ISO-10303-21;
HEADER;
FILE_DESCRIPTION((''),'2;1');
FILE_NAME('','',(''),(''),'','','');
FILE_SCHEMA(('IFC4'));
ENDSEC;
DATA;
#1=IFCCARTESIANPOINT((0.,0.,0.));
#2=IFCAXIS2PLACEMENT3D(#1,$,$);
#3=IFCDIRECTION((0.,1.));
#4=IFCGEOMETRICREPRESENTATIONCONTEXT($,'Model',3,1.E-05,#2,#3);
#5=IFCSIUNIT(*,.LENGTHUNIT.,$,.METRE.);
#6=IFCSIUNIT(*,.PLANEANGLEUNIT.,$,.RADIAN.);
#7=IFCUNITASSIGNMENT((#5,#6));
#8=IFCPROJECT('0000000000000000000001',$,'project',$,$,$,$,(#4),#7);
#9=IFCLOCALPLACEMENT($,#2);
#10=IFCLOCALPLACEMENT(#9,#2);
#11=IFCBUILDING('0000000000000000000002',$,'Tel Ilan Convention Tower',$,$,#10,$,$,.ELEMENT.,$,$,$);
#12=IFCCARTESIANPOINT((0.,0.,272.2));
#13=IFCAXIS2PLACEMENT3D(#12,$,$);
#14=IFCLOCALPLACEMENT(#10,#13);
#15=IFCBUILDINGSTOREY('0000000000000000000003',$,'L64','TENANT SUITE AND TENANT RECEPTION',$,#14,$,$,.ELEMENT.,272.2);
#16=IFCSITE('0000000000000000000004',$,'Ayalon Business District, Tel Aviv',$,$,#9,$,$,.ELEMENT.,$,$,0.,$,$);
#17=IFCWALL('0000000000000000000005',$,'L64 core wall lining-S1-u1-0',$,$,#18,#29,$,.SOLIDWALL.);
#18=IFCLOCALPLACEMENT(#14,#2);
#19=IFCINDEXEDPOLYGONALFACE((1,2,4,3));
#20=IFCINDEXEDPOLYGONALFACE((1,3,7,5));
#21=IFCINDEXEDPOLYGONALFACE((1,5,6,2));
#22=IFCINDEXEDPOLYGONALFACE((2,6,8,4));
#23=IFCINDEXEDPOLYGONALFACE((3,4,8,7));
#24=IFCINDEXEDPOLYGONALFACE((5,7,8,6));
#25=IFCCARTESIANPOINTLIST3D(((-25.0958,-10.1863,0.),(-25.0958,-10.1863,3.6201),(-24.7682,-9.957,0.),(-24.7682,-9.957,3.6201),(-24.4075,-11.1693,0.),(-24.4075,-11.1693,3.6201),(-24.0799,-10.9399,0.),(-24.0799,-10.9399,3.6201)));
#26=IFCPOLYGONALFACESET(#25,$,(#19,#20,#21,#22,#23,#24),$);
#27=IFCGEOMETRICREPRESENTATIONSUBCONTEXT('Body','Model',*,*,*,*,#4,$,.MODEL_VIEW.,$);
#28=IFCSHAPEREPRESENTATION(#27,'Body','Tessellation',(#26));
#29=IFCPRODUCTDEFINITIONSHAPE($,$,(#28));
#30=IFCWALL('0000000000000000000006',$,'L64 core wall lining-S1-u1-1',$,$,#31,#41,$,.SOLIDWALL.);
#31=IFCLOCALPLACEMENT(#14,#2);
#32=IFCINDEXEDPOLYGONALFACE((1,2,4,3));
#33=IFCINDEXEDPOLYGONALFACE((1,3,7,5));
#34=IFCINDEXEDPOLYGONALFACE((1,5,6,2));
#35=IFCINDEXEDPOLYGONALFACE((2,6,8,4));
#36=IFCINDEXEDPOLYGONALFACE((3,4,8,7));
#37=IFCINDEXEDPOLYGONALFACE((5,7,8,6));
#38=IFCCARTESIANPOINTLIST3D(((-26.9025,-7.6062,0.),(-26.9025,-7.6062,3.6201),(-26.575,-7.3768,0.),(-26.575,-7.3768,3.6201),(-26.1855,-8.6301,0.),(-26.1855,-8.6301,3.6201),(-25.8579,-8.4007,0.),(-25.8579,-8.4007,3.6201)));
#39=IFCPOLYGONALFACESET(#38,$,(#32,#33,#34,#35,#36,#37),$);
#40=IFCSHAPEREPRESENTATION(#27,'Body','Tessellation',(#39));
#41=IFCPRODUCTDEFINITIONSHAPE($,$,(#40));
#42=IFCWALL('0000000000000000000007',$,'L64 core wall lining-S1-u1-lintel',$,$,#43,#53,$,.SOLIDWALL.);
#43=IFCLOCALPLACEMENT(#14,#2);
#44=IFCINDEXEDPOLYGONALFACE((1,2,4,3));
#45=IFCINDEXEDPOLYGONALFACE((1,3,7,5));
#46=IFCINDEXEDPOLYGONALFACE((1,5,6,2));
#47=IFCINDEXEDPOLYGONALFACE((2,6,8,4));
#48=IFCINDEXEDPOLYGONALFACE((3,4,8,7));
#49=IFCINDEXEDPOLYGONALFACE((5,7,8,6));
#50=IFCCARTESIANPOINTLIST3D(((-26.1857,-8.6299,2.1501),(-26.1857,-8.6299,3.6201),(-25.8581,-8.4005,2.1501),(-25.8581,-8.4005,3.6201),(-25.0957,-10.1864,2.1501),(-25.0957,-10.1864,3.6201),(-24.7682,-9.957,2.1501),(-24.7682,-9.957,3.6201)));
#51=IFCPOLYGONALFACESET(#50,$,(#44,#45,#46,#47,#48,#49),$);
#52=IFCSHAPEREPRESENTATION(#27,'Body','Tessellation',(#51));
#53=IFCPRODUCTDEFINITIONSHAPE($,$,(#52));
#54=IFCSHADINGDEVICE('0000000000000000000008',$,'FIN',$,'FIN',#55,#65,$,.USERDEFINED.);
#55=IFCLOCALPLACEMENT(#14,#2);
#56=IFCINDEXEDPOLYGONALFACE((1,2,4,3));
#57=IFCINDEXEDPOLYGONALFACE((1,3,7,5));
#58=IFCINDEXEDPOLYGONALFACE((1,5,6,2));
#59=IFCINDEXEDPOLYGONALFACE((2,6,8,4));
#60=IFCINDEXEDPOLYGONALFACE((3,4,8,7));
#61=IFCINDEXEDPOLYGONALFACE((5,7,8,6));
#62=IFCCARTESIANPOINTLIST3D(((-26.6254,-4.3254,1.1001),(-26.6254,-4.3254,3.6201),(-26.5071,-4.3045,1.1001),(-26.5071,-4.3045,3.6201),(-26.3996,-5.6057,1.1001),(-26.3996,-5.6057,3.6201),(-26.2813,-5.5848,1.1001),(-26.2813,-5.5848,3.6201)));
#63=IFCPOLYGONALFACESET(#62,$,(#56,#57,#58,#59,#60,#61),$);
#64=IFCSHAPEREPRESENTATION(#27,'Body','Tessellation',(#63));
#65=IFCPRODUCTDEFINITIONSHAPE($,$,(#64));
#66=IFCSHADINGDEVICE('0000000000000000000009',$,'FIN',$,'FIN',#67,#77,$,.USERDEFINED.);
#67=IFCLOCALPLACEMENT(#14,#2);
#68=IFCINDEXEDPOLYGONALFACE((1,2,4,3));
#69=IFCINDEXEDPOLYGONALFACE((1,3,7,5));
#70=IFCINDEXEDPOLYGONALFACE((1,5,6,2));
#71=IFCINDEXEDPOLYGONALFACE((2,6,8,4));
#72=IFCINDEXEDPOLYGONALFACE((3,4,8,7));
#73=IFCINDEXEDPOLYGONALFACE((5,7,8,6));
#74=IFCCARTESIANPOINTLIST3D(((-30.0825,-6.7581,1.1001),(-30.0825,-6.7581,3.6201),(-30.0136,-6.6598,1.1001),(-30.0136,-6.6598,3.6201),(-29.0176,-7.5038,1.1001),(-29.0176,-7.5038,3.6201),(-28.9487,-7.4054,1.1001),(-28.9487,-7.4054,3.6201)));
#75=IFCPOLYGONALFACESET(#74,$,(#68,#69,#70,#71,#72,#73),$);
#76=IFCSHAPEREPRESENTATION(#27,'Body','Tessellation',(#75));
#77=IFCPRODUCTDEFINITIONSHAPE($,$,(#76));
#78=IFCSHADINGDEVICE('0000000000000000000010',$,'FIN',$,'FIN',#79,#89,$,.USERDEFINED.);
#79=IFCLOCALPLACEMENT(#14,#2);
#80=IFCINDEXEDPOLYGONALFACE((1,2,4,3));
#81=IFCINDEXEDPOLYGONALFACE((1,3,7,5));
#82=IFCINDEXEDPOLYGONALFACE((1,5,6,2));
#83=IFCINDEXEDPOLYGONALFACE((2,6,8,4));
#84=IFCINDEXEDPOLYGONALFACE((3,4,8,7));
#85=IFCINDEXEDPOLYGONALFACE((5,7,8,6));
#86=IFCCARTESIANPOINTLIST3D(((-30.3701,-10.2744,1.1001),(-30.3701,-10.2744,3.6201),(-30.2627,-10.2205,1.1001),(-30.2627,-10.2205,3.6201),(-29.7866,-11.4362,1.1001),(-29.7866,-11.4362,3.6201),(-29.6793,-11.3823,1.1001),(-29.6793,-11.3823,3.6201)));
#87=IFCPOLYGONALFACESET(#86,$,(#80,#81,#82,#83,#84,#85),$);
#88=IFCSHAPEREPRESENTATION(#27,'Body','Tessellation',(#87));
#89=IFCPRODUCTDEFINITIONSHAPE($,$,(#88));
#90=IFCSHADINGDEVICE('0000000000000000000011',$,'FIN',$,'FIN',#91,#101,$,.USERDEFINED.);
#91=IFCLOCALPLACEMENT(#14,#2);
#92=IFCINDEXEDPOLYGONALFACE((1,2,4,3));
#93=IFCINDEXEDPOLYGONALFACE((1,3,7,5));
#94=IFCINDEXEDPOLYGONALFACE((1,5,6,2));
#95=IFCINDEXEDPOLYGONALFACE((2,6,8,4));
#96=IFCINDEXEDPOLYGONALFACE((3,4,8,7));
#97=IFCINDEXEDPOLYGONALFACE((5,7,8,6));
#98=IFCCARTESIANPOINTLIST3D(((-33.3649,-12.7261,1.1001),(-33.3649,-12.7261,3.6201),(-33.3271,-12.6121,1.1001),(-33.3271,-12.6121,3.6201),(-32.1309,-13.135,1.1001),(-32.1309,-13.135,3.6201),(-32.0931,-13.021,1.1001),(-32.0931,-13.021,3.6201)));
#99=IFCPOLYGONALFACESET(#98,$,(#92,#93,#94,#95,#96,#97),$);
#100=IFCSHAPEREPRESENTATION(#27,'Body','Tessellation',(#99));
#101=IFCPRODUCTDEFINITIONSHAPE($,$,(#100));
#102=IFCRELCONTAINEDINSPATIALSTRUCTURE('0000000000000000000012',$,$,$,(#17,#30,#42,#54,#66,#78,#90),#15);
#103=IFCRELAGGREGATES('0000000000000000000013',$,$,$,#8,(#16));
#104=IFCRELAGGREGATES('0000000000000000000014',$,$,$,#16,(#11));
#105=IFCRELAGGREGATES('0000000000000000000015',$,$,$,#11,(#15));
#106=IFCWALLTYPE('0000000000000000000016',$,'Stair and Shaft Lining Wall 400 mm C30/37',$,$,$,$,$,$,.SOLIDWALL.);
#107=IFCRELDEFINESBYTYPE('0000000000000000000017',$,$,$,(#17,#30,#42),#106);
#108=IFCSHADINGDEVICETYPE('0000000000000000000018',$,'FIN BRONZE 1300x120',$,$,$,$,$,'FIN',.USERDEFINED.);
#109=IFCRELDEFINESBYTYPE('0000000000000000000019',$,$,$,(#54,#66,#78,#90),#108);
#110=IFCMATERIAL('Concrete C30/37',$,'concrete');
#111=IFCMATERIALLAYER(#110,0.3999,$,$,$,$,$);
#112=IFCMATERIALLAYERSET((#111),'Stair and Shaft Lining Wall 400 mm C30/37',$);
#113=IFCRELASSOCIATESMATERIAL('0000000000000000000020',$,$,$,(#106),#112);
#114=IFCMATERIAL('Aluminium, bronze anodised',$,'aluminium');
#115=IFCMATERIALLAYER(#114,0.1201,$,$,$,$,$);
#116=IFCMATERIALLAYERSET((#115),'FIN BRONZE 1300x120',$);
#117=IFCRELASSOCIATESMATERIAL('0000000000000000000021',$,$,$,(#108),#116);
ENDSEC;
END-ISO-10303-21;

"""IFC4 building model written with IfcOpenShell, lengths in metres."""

from ifc_helpers import new_model, si_unit, direction, frame, frame_2d, origin, origin_2d, place, context, subcontext, project, spatial, rectangle, extrude, material, layer, layer_set, type_object, element, save


model = new_model("IFC4")

# Units and contexts
model_context = context("Model", 3, precision=1e-05, world=origin(), true_north=direction((0.0, 1.0)))
body_context = subcontext(model_context, "Body", "Model", "MODEL_VIEW")
ifc_project = project(units=[si_unit("LENGTHUNIT", "METRE"), si_unit("PLANEANGLEUNIT", "RADIAN")], contexts=[model_context])

# Site, building, storey
site_placement = place(None, origin())
site = spatial("IfcSite", under=ifc_project, at=site_placement, Name="Ayalon Business District, Tel Aviv", CompositionType="ELEMENT", RefElevation=0.0)
building_placement = place(site_placement, origin())
building = spatial("IfcBuilding", under=site, at=building_placement, Name="Tel Ilan Convention Tower", CompositionType="ELEMENT")
storey_placement = place(building_placement, frame((0.0, 0.0, 272.2)))
storey = spatial("IfcBuildingStorey", under=building, at=storey_placement, Name="L64", Description="TENANT SUITE AND TENANT RECEPTION", CompositionType="ELEMENT", Elevation=272.2)

# Walls
ifc_material_1 = material(Name="Concrete C30/37", Category="concrete")
ifc_layer_1 = layer(ifc_material_1, 0.3999)
ifc_layer_set_1 = layer_set([ifc_layer_1], Name="Stair and Shaft Lining Wall 400 mm C30/37")
wall_type_1 = type_object("IfcWallType", Name="Stair and Shaft Lining Wall 400 mm C30/37", PredefinedType="SOLIDWALL", material=ifc_layer_set_1)
wall_1_placement = place(storey_placement, frame((-24.2437, -11.0547, 0.0), z_axis=(0.0, 0.0, 1.0), x_axis=(-0.573572, 0.819155, 0.0)))
element("IfcWall", 1, at=wall_1_placement, inside=storey, type_object=wall_type_1, Name="L64 core wall lining-S1-u1-0", PredefinedType="SOLIDWALL", context=body_context, shape_type="SweptSolid", body=[
    extrude(rectangle(XDim=1.2, YDim=0.3999, at=frame_2d((0.6001, 0.0))), origin(), (0.0, 0.0, 1.0), 3.6201),
])
wall_2_placement = place(storey_placement, frame((-26.0217, -8.5154, 0.0), z_axis=(0.0, 0.0, 1.0), x_axis=(-0.57362, 0.819122, 0.0)))
element("IfcWall", 2, at=wall_2_placement, inside=storey, type_object=wall_type_1, Name="L64 core wall lining-S1-u1-1", PredefinedType="SOLIDWALL", context=body_context, shape_type="SweptSolid", body=[
    extrude(rectangle(XDim=1.25, YDim=0.3999, at=frame_2d((0.625, 0.0))), origin(), (0.0, 0.0, 1.0), 3.6201),
])
wall_3_placement = place(storey_placement, frame((-24.9319, -10.0718, 2.1501), z_axis=(0.0, 0.0, 1.0), x_axis=(-0.573592, 0.819141, 0.0)))
element("IfcWall", 3, at=wall_3_placement, inside=storey, type_object=wall_type_1, Name="L64 core wall lining-S1-u1-lintel", PredefinedType="SOLIDWALL", context=body_context, shape_type="SweptSolid", body=[
    extrude(rectangle(XDim=1.9001, YDim=0.3999, at=frame_2d((0.9502, 0.0))), origin(), (0.0, 0.0, 1.0), 1.47),
])

# Shading devices
ifc_material_2 = material(Name="Aluminium, bronze anodised", Category="aluminium")
ifc_layer_2 = layer(ifc_material_2, 0.1201)
ifc_layer_set_2 = layer_set([ifc_layer_2], Name="FIN BRONZE 1300x120")
shading_device_type = type_object("IfcShadingDeviceType", Name="FIN BRONZE 1300x120", ElementType="FIN", PredefinedType="USERDEFINED", material=ifc_layer_set_2)
for number, where, z_axis, x_axis, name in (
    (4, (-26.4534, -4.9551, 1.1001), (0.0, 0.0, 1.0), (-0.173648, 0.984808, 0.0), "FIN"),
    (5, (-29.5156, -7.0818, 1.1001), (0.0, 0.0, 1.0), (-0.819152, 0.573576, 0.0), "FIN"),
    (6, (-30.0247, -10.8284, 1.1001), (0.0, 0.0, 1.0), (-0.448799, 0.893633, 0.0), "FIN"),
    (7, (-32.729, -12.8735, 1.1001), (0.0, 0.0, 1.0), (-0.949243, 0.314545, 0.0), "FIN"),
):
    element("IfcShadingDevice", number, at=place(storey_placement, frame(where, z_axis=z_axis, x_axis=x_axis)), inside=storey, type_object=shading_device_type, Name=name, ObjectType="FIN", PredefinedType="USERDEFINED", context=body_context, shape_type="SweptSolid", body=[
        extrude(rectangle(XDim=1.3, YDim=0.1201, at=origin_2d()), origin(), (0.0, 0.0, 1.0), 2.52),
    ])

save(model, "model.ifc")
